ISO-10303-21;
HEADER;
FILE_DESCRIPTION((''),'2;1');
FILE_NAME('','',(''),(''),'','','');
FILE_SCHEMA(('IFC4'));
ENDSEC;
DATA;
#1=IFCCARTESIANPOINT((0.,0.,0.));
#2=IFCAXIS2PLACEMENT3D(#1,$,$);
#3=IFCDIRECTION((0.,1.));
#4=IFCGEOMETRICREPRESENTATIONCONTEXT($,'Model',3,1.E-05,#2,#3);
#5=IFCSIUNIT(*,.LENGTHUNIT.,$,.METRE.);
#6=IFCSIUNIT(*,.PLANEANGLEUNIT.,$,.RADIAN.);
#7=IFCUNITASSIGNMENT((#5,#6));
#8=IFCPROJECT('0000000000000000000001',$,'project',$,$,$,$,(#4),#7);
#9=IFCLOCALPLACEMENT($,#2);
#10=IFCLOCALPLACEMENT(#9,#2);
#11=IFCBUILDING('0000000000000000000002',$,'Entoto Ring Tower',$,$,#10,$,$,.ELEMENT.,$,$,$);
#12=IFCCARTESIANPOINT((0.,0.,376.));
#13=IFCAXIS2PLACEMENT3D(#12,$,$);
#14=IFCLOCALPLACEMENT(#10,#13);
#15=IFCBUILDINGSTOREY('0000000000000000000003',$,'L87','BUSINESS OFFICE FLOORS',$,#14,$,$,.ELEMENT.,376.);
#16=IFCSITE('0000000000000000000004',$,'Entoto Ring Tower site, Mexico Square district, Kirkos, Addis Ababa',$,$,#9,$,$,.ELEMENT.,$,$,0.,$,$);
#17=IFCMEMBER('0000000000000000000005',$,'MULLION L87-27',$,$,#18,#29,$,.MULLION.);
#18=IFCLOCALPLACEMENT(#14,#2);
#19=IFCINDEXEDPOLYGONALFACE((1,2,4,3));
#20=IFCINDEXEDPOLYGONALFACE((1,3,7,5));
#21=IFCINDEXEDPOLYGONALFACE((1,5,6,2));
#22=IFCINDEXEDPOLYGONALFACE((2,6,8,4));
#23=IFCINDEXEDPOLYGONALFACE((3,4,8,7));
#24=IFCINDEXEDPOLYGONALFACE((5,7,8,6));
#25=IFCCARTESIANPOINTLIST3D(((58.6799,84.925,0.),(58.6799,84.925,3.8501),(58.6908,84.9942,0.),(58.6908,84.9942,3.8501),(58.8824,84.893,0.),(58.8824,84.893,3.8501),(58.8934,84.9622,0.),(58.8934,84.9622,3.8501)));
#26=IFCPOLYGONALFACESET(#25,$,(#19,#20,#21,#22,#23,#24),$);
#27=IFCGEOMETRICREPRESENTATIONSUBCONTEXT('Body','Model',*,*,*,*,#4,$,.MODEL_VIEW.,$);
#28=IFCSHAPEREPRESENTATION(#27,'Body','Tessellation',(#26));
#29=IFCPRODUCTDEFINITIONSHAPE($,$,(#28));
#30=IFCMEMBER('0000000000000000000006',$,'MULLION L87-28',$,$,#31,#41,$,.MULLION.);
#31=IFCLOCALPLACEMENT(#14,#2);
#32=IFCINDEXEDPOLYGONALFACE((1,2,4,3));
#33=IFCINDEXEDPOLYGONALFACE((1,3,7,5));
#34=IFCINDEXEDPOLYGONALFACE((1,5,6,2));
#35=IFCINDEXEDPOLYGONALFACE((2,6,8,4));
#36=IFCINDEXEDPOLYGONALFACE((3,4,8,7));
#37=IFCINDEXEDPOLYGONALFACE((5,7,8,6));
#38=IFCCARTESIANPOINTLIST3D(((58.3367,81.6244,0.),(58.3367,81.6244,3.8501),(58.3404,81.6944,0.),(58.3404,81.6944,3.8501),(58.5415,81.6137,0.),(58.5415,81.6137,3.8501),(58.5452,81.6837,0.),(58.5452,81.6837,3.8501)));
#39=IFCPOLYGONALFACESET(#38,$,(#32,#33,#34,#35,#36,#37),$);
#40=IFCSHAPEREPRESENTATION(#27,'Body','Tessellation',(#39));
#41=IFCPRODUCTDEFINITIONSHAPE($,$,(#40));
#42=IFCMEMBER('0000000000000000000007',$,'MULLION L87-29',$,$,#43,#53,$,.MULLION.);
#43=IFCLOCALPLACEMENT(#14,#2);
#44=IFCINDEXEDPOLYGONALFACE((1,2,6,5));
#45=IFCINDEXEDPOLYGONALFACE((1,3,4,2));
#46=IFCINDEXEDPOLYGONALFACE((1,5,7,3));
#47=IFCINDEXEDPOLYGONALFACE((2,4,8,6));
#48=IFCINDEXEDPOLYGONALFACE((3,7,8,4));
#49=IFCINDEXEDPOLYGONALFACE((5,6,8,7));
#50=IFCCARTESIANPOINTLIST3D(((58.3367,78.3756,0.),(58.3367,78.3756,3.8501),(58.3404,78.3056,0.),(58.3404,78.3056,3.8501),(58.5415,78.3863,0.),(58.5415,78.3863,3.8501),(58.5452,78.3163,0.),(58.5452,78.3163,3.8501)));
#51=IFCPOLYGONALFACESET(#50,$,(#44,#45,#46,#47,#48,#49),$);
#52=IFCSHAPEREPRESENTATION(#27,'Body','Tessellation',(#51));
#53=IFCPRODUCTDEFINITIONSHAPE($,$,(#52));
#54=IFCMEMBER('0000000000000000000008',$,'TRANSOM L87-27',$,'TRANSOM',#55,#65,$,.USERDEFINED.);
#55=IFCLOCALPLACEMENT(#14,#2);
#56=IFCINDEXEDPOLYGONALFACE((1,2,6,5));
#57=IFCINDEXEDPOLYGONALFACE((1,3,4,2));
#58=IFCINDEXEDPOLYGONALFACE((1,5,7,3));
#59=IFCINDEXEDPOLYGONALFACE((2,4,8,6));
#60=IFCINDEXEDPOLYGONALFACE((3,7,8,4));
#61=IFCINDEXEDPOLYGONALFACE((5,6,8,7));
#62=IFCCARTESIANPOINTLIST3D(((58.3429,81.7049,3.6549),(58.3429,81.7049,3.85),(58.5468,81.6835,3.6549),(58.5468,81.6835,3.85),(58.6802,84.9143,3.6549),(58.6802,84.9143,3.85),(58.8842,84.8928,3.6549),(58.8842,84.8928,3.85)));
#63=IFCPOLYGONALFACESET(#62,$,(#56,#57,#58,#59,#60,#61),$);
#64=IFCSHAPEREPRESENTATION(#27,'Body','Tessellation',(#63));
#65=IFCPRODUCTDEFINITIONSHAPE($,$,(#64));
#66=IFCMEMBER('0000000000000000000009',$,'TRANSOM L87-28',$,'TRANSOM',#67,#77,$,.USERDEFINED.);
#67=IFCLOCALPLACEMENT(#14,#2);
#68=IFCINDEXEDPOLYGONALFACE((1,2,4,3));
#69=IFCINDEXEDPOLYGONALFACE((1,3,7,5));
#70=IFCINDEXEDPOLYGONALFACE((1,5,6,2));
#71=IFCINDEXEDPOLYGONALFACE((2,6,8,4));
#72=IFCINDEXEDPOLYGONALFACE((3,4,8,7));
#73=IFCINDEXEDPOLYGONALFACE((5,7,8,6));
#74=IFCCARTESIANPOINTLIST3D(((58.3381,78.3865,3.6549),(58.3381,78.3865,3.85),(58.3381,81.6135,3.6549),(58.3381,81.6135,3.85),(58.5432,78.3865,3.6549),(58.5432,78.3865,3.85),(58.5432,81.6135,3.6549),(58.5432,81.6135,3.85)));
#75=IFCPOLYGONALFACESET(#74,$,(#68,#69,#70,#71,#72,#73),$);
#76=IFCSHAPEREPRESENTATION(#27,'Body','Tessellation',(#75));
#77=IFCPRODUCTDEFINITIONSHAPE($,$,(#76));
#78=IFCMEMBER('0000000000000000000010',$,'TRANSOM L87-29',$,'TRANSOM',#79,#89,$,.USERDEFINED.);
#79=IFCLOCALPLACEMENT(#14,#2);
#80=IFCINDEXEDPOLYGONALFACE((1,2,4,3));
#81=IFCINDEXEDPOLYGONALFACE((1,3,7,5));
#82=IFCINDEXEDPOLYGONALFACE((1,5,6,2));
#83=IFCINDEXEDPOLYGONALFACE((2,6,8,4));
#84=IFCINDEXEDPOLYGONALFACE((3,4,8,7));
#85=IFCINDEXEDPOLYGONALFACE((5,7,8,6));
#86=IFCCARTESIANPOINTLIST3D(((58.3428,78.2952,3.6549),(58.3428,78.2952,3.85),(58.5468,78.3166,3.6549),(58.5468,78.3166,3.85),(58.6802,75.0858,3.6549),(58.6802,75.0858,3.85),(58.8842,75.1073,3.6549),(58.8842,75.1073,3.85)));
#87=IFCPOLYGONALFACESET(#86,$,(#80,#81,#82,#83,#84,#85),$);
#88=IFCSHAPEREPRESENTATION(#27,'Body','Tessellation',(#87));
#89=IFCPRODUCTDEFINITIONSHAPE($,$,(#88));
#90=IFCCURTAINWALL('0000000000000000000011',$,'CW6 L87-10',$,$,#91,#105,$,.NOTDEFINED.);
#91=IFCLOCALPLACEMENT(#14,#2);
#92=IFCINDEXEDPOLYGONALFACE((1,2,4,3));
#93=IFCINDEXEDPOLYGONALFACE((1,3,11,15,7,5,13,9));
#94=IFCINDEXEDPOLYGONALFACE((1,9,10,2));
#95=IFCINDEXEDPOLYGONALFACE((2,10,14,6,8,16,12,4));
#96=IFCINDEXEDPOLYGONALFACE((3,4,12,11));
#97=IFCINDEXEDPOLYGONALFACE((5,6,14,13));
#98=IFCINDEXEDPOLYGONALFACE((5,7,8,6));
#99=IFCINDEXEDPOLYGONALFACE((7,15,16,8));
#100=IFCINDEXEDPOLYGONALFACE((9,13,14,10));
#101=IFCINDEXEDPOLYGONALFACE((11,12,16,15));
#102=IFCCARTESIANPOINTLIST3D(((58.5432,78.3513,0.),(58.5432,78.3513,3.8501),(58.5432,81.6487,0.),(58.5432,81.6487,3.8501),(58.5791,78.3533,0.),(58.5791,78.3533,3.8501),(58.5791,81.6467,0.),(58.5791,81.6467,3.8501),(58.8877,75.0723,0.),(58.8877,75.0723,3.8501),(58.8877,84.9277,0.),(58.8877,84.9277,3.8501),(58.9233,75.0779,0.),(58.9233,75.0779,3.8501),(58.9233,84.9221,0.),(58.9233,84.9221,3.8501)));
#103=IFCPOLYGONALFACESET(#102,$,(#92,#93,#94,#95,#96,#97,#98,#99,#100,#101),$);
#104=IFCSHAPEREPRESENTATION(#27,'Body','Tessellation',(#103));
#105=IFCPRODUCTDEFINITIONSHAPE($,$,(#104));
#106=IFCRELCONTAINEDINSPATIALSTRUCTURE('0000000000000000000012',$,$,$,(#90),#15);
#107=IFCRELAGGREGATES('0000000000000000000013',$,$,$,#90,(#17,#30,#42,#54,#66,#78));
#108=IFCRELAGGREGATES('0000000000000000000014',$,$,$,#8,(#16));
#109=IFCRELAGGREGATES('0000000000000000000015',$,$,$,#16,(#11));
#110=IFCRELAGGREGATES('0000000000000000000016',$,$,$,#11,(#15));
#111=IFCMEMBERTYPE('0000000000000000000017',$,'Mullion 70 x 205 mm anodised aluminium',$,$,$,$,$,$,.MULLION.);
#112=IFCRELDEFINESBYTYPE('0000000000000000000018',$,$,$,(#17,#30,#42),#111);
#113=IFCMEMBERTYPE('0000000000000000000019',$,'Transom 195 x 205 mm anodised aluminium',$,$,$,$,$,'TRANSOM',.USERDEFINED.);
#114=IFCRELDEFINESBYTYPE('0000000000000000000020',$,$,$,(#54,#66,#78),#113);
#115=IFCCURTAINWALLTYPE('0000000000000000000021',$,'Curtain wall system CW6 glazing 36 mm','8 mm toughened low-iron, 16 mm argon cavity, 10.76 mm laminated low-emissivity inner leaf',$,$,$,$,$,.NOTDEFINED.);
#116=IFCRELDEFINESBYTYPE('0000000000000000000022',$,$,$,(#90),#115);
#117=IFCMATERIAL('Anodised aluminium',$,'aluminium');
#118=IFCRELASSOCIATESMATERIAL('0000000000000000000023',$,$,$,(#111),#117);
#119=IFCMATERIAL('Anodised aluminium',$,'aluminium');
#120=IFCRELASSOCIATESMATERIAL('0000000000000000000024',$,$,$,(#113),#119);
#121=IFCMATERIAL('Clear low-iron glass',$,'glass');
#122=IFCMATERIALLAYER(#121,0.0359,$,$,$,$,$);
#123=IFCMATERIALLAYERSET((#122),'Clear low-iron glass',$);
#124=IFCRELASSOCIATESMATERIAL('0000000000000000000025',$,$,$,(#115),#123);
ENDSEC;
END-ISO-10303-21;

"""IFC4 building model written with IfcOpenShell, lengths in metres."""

from ifc_helpers import new_model, si_unit, direction, frame, origin, origin_2d, place, context, subcontext, project, spatial, polyline, rectangle, outline, extrude, material, layer, layer_set, material_profile, profile_set, type_object, element, aggregate, save


model = new_model("IFC4")

# Units and contexts
model_context = context("Model", 3, precision=1e-05, world=origin(), true_north=direction((0.0, 1.0)))
body_context = subcontext(model_context, "Body", "Model", "MODEL_VIEW")
ifc_project = project(units=[si_unit("LENGTHUNIT", "METRE"), si_unit("PLANEANGLEUNIT", "RADIAN")], contexts=[model_context])

# Members
ifc_material_1 = material(Name="Anodised aluminium", Category="aluminium")
ifc_material_profile_1 = material_profile(ifc_material_1, rectangle(XDim=0.0701, YDim=0.2051, at=origin_2d()), Name="Mullion 70 x 205 mm anodised aluminium")
ifc_profile_set_1 = profile_set([ifc_material_profile_1], Name="Anodised aluminium")
member_type_1 = type_object("IfcMemberType", Name="Mullion 70 x 205 mm anodised aluminium", PredefinedType="MULLION", material=ifc_profile_set_1)
site_placement = place(None, origin())
building_placement = place(site_placement, origin())
storey_placement = place(building_placement, frame((0.0, 0.0, 376.0)))
member_1_placement = place(storey_placement, frame((58.7866, 84.9436, 0.0), z_axis=(0.0, 0.0, 1.0), x_axis=(-0.156434, -0.987688, 0.0)))
member_1 = element("IfcMember", 1, at=member_1_placement, type_object=member_type_1, Name="MULLION L87-27", PredefinedType="MULLION", context=body_context, shape_type="SweptSolid", body=[
    extrude(rectangle(XDim=0.0701, YDim=0.2051, at=origin_2d()), origin(), (0.0, 0.0, 1.0), 3.8501),
])
member_2_placement = place(storey_placement, frame((58.4409, 81.6541, 0.0), z_axis=(0.0, 0.0, 1.0), x_axis=(-0.052336, -0.99863, 0.0)))
member_2 = element("IfcMember", 2, at=member_2_placement, type_object=member_type_1, Name="MULLION L87-28", PredefinedType="MULLION", context=body_context, shape_type="SweptSolid", body=[
    extrude(rectangle(XDim=0.0701, YDim=0.2051, at=origin_2d()), origin(), (0.0, 0.0, 1.0), 3.8501),
])
member_3_placement = place(storey_placement, frame((58.4409, 78.3459, 0.0), z_axis=(0.0, 0.0, 1.0), x_axis=(0.052336, -0.99863, 0.0)))
member_3 = element("IfcMember", 3, at=member_3_placement, type_object=member_type_1, Name="MULLION L87-29", PredefinedType="MULLION", context=body_context, shape_type="SweptSolid", body=[
    extrude(rectangle(XDim=0.0701, YDim=0.2051, at=origin_2d()), origin(), (0.0, 0.0, 1.0), 3.8501),
])
ifc_material_2 = material(Name="Anodised aluminium", Category="aluminium")
ifc_material_profile_2 = material_profile(ifc_material_2, rectangle(XDim=0.2051, YDim=0.1951, at=origin_2d()), Name="Transom 195 x 205 mm anodised aluminium")
ifc_profile_set_2 = profile_set([ifc_material_profile_2], Name="Anodised aluminium")
member_type_2 = type_object("IfcMemberType", Name="Transom 195 x 205 mm anodised aluminium", ElementType="TRANSOM", PredefinedType="USERDEFINED", material=ifc_profile_set_2)
member_4_placement = place(storey_placement, frame((58.7822, 84.9036, 3.7524), z_axis=(-0.104551, -0.99452, 0.0), x_axis=(0.99452, -0.104551, 0.0)))
member_4 = element("IfcMember", 4, at=member_4_placement, type_object=member_type_2, Name="TRANSOM L87-27", ObjectType="TRANSOM", PredefinedType="USERDEFINED", context=body_context, shape_type="SweptSolid", body=[
    extrude(rectangle(XDim=0.2051, YDim=0.1951, at=origin_2d()), origin(), (0.0, 0.0, 1.0), 3.2271),
])
member_5_placement = place(storey_placement, frame((58.4407, 81.6135, 3.7524), z_axis=(0.0, -1.0, 0.0), x_axis=(1.0, 0.0, 0.0)))
member_5 = element("IfcMember", 5, at=member_5_placement, type_object=member_type_2, Name="TRANSOM L87-28", ObjectType="TRANSOM", PredefinedType="USERDEFINED", context=body_context, shape_type="SweptSolid", body=[
    extrude(rectangle(XDim=0.2051, YDim=0.1951, at=origin_2d()), origin(), (0.0, 0.0, 1.0), 3.2271),
])
member_6_placement = place(storey_placement, frame((58.4448, 78.3059, 3.7524), z_axis=(0.104551, -0.99452, 0.0), x_axis=(0.99452, 0.104551, 0.0)))
member_6 = element("IfcMember", 6, at=member_6_placement, type_object=member_type_2, Name="TRANSOM L87-29", ObjectType="TRANSOM", PredefinedType="USERDEFINED", context=body_context, shape_type="SweptSolid", body=[
    extrude(rectangle(XDim=0.2051, YDim=0.1951, at=origin_2d()), origin(), (0.0, 0.0, 1.0), 3.2271),
])

# Site, building, storey
site = spatial("IfcSite", under=ifc_project, at=site_placement, Name="Entoto Ring Tower site, Mexico Square district, Kirkos, Addis Ababa", CompositionType="ELEMENT", RefElevation=0.0)
building = spatial("IfcBuilding", under=site, at=building_placement, Name="Entoto Ring Tower", CompositionType="ELEMENT")
storey = spatial("IfcBuildingStorey", under=building, at=storey_placement, Name="L87", Description="BUSINESS OFFICE FLOORS", CompositionType="ELEMENT", Elevation=376.0)

# Curtain wall
ifc_material_3 = material(Name="Clear low-iron glass", Category="glass")
ifc_layer = layer(ifc_material_3, 0.0359)
ifc_layer_set = layer_set([ifc_layer], Name="Clear low-iron glass")
curtain_wall_type = type_object("IfcCurtainWallType", Name="Curtain wall system CW6 glazing 36 mm", Description="8 mm toughened low-iron, 16 mm argon cavity, 10.76 mm laminated low-emissivity inner leaf", PredefinedType="NOTDEFINED", material=ifc_layer_set)
curtain_wall_1_placement = place(storey_placement, origin())
curtain_wall_1 = element("IfcCurtainWall", 7, at=curtain_wall_1_placement, inside=storey, type_object=curtain_wall_type, Name="CW6 L87-10", PredefinedType="NOTDEFINED", context=body_context, shape_type="SweptSolid", body=[
    extrude(outline(polyline([(58.8877, 84.9277), (58.5432, 81.6487), (58.5432, 78.3513), (58.8877, 75.0723), (58.9233, 75.0779), (58.5791, 78.3533), (58.5791, 81.6467), (58.9233, 84.9221), (58.8877, 84.9277)])), origin(), (0.0, 0.0, 1.0), 3.8501),
])
aggregate(curtain_wall_1, [member_1, member_2, member_3, member_4, member_5, member_6])

save(model, "model.ifc")
